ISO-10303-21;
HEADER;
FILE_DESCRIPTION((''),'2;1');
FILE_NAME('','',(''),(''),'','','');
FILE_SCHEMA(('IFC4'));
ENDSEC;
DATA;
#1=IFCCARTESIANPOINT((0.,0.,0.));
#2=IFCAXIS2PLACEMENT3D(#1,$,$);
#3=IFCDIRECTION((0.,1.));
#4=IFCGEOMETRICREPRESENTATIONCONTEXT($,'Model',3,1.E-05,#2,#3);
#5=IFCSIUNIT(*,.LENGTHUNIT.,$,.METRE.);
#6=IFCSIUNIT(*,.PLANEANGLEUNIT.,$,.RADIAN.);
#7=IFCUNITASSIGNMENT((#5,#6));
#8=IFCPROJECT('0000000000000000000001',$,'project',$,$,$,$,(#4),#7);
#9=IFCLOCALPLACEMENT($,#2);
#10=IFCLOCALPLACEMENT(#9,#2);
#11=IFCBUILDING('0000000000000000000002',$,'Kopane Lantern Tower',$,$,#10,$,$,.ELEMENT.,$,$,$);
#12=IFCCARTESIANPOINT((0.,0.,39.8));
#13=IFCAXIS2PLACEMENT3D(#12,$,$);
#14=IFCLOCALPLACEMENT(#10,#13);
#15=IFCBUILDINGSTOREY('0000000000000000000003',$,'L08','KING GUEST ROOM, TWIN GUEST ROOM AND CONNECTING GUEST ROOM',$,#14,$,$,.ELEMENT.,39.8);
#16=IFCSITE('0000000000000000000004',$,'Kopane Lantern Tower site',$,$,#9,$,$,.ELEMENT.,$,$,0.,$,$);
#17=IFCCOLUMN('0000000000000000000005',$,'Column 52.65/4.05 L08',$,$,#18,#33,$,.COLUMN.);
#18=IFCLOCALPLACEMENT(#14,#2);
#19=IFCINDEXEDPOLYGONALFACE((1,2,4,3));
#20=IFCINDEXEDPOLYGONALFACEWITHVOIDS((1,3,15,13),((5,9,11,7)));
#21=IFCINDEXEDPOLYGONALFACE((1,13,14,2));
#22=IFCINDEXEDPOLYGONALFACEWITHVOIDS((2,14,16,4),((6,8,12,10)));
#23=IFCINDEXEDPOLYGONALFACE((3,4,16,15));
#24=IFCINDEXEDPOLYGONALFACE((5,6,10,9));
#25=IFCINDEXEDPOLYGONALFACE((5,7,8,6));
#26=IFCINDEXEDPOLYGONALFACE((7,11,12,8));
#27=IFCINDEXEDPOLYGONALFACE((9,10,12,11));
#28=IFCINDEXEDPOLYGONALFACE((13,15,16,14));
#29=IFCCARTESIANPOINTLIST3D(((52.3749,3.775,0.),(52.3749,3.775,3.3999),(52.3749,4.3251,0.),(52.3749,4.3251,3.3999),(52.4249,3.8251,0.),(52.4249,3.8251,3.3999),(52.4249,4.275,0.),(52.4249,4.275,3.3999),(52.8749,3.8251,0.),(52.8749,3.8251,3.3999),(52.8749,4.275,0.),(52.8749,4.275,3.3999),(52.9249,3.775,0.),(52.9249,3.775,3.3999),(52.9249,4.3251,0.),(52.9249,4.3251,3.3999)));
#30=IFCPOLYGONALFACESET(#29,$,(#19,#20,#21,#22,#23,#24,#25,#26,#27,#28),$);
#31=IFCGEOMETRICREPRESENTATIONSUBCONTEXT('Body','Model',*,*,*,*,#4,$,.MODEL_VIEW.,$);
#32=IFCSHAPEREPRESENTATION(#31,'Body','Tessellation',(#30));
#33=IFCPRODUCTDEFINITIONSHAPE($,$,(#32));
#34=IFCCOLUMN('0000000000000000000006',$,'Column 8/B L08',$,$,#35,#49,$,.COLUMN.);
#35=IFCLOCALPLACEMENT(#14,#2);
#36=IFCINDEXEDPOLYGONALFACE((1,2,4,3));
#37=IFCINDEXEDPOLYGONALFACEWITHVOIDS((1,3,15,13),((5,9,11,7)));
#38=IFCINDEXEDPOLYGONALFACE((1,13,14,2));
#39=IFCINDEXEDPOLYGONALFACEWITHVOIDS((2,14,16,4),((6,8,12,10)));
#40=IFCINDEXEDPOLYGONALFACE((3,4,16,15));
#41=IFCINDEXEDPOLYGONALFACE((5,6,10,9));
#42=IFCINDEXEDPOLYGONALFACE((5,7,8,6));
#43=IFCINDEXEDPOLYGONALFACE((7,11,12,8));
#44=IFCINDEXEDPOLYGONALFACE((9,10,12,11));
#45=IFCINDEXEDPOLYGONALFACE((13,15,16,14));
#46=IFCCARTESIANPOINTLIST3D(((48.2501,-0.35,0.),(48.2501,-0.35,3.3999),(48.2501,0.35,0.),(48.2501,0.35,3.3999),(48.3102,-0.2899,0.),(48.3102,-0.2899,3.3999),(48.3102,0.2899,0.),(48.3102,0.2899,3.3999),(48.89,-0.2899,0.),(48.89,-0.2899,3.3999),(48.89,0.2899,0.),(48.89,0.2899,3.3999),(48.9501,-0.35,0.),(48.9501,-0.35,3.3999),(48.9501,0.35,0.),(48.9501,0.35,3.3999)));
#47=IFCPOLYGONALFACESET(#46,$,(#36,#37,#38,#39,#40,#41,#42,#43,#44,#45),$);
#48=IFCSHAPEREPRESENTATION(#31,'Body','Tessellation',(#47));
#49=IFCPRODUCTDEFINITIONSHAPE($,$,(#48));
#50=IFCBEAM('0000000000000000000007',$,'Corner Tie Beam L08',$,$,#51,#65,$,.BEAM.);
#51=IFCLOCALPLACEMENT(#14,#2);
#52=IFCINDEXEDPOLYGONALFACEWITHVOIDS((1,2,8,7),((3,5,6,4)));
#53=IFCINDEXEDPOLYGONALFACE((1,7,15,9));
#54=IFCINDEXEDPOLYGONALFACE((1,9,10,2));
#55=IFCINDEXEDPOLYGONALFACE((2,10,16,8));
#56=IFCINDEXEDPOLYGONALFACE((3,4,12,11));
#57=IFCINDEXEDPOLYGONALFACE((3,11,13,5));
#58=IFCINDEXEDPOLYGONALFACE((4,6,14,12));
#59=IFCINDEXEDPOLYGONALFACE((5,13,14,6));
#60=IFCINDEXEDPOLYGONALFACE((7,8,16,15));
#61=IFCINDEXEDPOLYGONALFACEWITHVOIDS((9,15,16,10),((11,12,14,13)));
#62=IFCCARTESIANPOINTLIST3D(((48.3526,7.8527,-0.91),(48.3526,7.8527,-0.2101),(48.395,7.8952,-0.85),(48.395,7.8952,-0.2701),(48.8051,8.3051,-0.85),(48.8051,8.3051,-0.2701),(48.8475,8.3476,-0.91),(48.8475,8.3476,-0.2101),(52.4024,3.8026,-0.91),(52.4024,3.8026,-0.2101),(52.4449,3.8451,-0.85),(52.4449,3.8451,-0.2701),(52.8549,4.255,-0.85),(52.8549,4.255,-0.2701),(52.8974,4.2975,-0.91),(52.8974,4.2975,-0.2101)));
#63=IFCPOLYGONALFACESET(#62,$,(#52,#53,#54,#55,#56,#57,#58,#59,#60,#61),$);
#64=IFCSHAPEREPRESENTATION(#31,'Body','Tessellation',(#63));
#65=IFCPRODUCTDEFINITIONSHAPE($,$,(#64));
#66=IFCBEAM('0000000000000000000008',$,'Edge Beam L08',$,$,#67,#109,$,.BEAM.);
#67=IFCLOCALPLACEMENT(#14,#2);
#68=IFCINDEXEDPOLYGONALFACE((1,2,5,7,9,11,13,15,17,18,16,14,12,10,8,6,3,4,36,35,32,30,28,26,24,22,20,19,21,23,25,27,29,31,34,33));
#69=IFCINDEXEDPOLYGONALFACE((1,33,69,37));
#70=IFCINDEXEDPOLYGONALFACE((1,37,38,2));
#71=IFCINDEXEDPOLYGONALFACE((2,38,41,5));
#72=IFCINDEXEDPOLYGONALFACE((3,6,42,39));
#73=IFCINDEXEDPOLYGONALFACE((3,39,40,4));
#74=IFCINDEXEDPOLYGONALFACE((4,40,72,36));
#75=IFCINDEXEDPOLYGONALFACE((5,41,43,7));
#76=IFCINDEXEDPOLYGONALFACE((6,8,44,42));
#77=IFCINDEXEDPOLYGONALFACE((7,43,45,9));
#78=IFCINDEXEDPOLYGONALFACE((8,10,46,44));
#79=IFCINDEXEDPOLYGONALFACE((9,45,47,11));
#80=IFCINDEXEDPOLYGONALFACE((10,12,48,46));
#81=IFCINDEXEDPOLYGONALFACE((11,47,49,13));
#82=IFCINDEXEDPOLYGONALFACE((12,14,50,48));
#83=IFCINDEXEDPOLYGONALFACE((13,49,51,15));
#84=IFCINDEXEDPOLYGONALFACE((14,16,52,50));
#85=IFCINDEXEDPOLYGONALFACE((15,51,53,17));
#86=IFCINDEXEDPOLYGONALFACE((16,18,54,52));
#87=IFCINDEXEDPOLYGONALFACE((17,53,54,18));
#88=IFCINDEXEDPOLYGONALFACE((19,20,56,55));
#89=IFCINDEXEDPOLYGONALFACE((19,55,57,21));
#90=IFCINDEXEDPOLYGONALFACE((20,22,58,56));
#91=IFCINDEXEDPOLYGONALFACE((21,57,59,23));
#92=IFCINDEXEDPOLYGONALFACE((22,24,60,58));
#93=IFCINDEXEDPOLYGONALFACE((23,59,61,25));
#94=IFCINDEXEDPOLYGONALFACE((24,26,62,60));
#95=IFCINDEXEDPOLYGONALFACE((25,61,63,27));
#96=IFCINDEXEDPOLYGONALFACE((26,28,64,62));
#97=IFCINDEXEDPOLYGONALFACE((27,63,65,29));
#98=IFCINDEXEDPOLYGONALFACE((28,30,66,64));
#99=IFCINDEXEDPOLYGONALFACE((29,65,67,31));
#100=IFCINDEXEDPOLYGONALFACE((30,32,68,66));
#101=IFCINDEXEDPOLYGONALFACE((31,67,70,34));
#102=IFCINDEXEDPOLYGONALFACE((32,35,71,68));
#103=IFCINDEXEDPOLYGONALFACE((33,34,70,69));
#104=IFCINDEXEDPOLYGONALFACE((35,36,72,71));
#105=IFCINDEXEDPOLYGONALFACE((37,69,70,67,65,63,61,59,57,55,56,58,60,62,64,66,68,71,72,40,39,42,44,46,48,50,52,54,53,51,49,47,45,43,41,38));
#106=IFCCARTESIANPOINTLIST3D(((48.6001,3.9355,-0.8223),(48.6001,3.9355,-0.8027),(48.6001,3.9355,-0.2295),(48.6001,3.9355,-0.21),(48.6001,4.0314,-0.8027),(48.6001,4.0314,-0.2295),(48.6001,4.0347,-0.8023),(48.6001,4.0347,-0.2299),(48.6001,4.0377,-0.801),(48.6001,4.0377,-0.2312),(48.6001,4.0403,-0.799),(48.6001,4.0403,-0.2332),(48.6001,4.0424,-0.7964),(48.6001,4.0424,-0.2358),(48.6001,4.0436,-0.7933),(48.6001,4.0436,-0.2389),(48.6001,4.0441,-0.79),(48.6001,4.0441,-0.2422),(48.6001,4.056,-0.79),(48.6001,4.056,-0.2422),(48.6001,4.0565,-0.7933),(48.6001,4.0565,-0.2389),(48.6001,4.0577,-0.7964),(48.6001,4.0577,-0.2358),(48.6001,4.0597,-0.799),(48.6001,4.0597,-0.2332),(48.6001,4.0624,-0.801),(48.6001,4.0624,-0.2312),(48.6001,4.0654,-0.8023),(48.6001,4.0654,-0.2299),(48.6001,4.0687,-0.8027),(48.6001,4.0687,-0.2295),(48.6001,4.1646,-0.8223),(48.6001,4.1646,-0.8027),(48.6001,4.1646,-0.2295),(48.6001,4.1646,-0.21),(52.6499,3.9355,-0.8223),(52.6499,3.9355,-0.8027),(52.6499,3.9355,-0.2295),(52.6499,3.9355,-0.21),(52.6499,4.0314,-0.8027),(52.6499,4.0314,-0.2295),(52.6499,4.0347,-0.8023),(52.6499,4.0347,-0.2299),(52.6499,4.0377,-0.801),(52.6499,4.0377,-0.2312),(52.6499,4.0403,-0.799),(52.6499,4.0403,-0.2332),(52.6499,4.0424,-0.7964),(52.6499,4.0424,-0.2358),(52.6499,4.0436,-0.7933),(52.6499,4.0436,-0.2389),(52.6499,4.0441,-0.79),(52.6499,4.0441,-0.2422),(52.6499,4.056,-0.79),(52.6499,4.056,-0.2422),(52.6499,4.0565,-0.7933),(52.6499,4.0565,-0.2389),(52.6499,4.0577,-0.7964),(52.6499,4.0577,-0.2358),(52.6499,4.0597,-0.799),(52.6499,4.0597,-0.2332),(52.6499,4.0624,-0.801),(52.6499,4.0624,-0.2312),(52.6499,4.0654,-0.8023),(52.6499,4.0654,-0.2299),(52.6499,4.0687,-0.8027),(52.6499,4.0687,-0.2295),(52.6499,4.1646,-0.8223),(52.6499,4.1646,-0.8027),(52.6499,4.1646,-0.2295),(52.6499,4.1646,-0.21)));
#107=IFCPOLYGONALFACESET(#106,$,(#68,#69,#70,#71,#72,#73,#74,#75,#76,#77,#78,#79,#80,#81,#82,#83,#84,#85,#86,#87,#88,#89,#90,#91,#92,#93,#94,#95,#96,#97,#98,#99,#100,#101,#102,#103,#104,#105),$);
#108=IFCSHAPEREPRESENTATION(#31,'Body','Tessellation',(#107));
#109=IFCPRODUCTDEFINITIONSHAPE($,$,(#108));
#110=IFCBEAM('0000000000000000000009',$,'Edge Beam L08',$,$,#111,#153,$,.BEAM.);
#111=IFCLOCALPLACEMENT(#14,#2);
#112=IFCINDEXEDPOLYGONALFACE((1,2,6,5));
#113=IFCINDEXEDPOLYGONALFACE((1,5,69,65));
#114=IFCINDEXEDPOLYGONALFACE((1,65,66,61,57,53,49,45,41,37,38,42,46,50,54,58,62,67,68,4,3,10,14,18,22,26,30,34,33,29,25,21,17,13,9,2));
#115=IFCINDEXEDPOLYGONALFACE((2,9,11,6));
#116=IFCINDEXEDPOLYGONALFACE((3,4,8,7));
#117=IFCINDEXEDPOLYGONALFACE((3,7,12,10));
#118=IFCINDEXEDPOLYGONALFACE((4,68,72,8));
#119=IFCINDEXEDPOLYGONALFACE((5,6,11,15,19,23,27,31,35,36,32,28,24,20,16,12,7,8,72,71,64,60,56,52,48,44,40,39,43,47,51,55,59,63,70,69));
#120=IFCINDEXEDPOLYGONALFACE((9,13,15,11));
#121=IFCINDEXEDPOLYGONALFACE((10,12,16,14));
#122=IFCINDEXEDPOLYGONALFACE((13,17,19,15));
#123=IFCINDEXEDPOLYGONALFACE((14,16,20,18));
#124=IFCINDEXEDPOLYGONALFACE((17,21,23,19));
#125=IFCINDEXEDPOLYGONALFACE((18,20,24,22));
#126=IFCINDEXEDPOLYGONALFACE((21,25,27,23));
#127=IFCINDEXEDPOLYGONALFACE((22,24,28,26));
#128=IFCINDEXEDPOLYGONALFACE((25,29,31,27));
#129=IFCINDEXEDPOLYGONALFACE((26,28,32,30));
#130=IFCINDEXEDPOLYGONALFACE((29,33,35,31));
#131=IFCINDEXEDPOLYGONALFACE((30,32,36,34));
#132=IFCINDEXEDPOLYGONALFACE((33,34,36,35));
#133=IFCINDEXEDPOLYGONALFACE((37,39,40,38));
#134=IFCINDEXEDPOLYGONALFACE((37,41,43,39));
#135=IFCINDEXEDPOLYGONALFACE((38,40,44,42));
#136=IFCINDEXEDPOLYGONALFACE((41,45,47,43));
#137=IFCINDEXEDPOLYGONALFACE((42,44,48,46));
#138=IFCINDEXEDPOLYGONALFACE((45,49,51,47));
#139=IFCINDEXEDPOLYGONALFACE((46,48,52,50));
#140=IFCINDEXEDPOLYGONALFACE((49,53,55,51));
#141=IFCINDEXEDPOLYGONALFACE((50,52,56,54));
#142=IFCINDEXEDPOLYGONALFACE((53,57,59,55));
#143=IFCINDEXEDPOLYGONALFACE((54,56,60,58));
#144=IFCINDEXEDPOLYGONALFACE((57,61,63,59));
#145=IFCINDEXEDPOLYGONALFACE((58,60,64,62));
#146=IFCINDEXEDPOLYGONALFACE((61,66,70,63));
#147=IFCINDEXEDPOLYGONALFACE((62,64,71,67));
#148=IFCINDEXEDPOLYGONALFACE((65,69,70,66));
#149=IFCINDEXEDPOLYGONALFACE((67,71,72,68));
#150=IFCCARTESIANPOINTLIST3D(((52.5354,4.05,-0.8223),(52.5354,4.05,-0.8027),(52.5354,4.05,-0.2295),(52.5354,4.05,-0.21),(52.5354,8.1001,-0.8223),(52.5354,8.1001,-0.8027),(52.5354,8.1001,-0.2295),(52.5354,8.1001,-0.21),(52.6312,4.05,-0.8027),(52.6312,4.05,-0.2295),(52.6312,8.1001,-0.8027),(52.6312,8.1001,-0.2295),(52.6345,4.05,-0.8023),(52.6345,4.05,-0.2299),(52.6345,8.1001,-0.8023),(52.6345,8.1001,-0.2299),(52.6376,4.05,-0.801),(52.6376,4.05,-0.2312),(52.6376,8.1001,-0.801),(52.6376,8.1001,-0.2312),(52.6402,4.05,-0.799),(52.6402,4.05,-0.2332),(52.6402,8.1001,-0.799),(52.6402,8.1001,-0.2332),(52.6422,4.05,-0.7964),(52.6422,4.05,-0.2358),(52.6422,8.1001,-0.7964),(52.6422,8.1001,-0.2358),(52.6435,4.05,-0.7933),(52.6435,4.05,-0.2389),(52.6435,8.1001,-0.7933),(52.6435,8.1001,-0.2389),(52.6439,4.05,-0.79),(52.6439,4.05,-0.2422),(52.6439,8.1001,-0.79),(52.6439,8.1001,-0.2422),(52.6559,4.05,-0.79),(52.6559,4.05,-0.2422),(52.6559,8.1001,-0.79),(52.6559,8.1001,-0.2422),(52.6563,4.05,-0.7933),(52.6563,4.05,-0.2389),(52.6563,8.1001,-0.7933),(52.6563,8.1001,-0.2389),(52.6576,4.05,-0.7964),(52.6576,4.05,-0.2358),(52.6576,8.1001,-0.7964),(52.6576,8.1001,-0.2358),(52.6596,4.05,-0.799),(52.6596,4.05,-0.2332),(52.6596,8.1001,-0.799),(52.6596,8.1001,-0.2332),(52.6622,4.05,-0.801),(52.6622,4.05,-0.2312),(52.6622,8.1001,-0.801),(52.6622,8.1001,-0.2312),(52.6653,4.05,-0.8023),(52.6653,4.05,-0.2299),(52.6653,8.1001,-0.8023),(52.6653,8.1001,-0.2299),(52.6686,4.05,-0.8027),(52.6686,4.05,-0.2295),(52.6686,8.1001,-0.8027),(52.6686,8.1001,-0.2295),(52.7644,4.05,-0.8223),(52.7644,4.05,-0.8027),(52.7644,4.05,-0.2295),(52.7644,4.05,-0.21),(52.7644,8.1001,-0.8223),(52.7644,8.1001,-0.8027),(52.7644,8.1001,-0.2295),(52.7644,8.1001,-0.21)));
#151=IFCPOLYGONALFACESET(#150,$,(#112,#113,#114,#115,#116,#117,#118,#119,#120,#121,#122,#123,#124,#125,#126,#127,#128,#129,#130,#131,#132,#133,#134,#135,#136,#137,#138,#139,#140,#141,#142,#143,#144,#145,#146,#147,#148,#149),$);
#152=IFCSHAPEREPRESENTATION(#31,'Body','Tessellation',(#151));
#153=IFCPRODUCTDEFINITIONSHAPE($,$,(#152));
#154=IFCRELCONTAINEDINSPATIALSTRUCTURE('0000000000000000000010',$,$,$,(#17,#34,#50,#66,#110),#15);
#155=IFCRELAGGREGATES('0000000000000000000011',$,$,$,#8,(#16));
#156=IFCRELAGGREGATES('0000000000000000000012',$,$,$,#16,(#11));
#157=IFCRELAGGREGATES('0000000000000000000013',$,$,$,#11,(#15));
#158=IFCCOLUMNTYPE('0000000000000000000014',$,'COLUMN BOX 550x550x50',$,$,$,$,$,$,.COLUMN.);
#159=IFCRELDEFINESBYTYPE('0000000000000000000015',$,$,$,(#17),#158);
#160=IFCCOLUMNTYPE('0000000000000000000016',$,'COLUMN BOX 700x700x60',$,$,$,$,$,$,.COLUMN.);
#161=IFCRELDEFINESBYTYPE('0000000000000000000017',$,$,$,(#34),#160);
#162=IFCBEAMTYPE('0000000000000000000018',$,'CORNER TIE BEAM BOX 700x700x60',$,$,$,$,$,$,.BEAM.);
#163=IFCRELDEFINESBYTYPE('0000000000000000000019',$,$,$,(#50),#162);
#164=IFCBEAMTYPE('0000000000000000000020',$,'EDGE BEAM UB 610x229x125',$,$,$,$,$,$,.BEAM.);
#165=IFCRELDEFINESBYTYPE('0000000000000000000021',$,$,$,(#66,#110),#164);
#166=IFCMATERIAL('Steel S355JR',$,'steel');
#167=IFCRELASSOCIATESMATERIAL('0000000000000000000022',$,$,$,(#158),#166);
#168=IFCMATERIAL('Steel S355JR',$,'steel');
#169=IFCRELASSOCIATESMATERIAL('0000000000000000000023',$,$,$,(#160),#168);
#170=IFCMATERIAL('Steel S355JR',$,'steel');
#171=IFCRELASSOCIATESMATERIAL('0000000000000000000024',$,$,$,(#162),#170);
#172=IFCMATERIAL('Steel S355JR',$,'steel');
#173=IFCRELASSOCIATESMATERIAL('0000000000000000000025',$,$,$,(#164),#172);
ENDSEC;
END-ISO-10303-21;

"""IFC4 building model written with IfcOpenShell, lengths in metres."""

from ifc_helpers import new_model, si_unit, direction, frame, origin, origin_2d, place, context, subcontext, project, spatial, hollow_rectangle, i_section, extrude, material, material_profile, profile_set, type_object, element, save


model = new_model("IFC4")

# Units and contexts
model_context = context("Model", 3, precision=1e-05, world=origin(), true_north=direction((0.0, 1.0)))
body_context = subcontext(model_context, "Body", "Model", "MODEL_VIEW")
ifc_project = project(units=[si_unit("LENGTHUNIT", "METRE"), si_unit("PLANEANGLEUNIT", "RADIAN")], contexts=[model_context])

# Site, building, storey
site_placement = place(None, origin())
site = spatial("IfcSite", under=ifc_project, at=site_placement, Name="Kopane Lantern Tower site", CompositionType="ELEMENT", RefElevation=0.0)
building_placement = place(site_placement, origin())
building = spatial("IfcBuilding", under=site, at=building_placement, Name="Kopane Lantern Tower", CompositionType="ELEMENT")
storey_placement = place(building_placement, frame((0.0, 0.0, 39.8)))
storey = spatial("IfcBuildingStorey", under=building, at=storey_placement, Name="L08", Description="KING GUEST ROOM, TWIN GUEST ROOM AND CONNECTING GUEST ROOM", CompositionType="ELEMENT", Elevation=39.8)

# Columns
ifc_material_1 = material(Name="Steel S355JR", Category="steel")
ifc_material_profile_1 = material_profile(ifc_material_1, hollow_rectangle(XDim=0.55, YDim=0.55, WallThickness=0.05, at=origin_2d()), Name="BOX 550x550x50")
ifc_profile_set_1 = profile_set([ifc_material_profile_1], Name="Steel S355JR")
column_type_1 = type_object("IfcColumnType", Name="COLUMN BOX 550x550x50", PredefinedType="COLUMN", material=ifc_profile_set_1)
column_1_placement = place(storey_placement, frame((52.6499, 4.05, 0.0), z_axis=(0.0, 0.0, 1.0), x_axis=(1.0, 0.0, 0.0)))
element("IfcColumn", 1, at=column_1_placement, inside=storey, type_object=column_type_1, Name="Column 52.65/4.05 L08", PredefinedType="COLUMN", context=body_context, shape_type="SweptSolid", body=[
    extrude(hollow_rectangle(XDim=0.55, YDim=0.55, WallThickness=0.05, at=origin_2d()), origin(), (0.0, 0.0, 1.0), 3.3999),
])
ifc_material_2 = material(Name="Steel S355JR", Category="steel")
ifc_material_profile_2 = material_profile(ifc_material_2, hollow_rectangle(XDim=0.7, YDim=0.7, WallThickness=0.0601, at=origin_2d()), Name="BOX 700x700x60")
ifc_profile_set_2 = profile_set([ifc_material_profile_2], Name="Steel S355JR")
column_type_2 = type_object("IfcColumnType", Name="COLUMN BOX 700x700x60", PredefinedType="COLUMN", material=ifc_profile_set_2)
column_2_placement = place(storey_placement, frame((48.6001, 0.0, 0.0), z_axis=(0.0, 0.0, 1.0), x_axis=(1.0, 0.0, 0.0)))
element("IfcColumn", 2, at=column_2_placement, inside=storey, type_object=column_type_2, Name="Column 8/B L08", PredefinedType="COLUMN", context=body_context, shape_type="SweptSolid", body=[
    extrude(hollow_rectangle(XDim=0.7, YDim=0.7, WallThickness=0.0601, at=origin_2d()), origin(), (0.0, 0.0, 1.0), 3.3999),
])

# Beams
ifc_material_3 = material(Name="Steel S355JR", Category="steel")
ifc_material_profile_3 = material_profile(ifc_material_3, hollow_rectangle(XDim=0.7, YDim=0.7, WallThickness=0.0601, at=origin_2d()), Name="BOX 700x700x60")
ifc_profile_set_3 = profile_set([ifc_material_profile_3], Name="Steel S355JR")
beam_type_1 = type_object("IfcBeamType", Name="CORNER TIE BEAM BOX 700x700x60", PredefinedType="BEAM", material=ifc_profile_set_3)
beam_1_placement = place(storey_placement, frame((52.6499, 4.05, -0.5601), z_axis=(-0.707085, 0.707128, 0.0), x_axis=(-0.707128, -0.707085, 0.0)))
element("IfcBeam", 3, at=beam_1_placement, inside=storey, type_object=beam_type_1, Name="Corner Tie Beam L08", PredefinedType="BEAM", context=body_context, shape_type="SweptSolid", body=[
    extrude(hollow_rectangle(XDim=0.7, YDim=0.7, WallThickness=0.0601, at=origin_2d()), origin(), (0.0, 0.0, 1.0), 5.7275),
])
ifc_material_4 = material(Name="Steel S355JR", Category="steel")
ifc_material_profile_4 = material_profile(ifc_material_4, i_section(OverallWidth=0.229, OverallDepth=0.6123, WebThickness=0.012, FlangeThickness=0.0195, FilletRadius=0.0127, at=origin_2d()), Name="UB 610x229x125")
ifc_profile_set_4 = profile_set([ifc_material_profile_4], Name="Steel S355JR")
beam_type_2 = type_object("IfcBeamType", Name="EDGE BEAM UB 610x229x125", PredefinedType="BEAM", material=ifc_profile_set_4)
beam_2_placement = place(storey_placement, frame((52.6499, 4.05, -0.5161), z_axis=(-1.0, 0.0, 0.0), x_axis=(0.0, -1.0, 0.0)))
element("IfcBeam", 4, at=beam_2_placement, inside=storey, type_object=beam_type_2, Name="Edge Beam L08", PredefinedType="BEAM", context=body_context, shape_type="SweptSolid", body=[
    extrude(i_section(OverallWidth=0.229, OverallDepth=0.6123, WebThickness=0.012, FlangeThickness=0.0195, FilletRadius=0.0127, at=origin_2d()), origin(), (0.0, 0.0, 1.0), 4.0498),
])
beam_3_placement = place(storey_placement, frame((52.6499, 4.05, -0.5161), z_axis=(0.0, 1.0, 0.0), x_axis=(-1.0, 0.0, 0.0)))
element("IfcBeam", 5, at=beam_3_placement, inside=storey, type_object=beam_type_2, Name="Edge Beam L08", PredefinedType="BEAM", context=body_context, shape_type="SweptSolid", body=[
    extrude(i_section(OverallWidth=0.229, OverallDepth=0.6123, WebThickness=0.012, FlangeThickness=0.0195, FilletRadius=0.0127, at=origin_2d()), origin(), (0.0, 0.0, 1.0), 4.05),
])

save(model, "model.ifc")
